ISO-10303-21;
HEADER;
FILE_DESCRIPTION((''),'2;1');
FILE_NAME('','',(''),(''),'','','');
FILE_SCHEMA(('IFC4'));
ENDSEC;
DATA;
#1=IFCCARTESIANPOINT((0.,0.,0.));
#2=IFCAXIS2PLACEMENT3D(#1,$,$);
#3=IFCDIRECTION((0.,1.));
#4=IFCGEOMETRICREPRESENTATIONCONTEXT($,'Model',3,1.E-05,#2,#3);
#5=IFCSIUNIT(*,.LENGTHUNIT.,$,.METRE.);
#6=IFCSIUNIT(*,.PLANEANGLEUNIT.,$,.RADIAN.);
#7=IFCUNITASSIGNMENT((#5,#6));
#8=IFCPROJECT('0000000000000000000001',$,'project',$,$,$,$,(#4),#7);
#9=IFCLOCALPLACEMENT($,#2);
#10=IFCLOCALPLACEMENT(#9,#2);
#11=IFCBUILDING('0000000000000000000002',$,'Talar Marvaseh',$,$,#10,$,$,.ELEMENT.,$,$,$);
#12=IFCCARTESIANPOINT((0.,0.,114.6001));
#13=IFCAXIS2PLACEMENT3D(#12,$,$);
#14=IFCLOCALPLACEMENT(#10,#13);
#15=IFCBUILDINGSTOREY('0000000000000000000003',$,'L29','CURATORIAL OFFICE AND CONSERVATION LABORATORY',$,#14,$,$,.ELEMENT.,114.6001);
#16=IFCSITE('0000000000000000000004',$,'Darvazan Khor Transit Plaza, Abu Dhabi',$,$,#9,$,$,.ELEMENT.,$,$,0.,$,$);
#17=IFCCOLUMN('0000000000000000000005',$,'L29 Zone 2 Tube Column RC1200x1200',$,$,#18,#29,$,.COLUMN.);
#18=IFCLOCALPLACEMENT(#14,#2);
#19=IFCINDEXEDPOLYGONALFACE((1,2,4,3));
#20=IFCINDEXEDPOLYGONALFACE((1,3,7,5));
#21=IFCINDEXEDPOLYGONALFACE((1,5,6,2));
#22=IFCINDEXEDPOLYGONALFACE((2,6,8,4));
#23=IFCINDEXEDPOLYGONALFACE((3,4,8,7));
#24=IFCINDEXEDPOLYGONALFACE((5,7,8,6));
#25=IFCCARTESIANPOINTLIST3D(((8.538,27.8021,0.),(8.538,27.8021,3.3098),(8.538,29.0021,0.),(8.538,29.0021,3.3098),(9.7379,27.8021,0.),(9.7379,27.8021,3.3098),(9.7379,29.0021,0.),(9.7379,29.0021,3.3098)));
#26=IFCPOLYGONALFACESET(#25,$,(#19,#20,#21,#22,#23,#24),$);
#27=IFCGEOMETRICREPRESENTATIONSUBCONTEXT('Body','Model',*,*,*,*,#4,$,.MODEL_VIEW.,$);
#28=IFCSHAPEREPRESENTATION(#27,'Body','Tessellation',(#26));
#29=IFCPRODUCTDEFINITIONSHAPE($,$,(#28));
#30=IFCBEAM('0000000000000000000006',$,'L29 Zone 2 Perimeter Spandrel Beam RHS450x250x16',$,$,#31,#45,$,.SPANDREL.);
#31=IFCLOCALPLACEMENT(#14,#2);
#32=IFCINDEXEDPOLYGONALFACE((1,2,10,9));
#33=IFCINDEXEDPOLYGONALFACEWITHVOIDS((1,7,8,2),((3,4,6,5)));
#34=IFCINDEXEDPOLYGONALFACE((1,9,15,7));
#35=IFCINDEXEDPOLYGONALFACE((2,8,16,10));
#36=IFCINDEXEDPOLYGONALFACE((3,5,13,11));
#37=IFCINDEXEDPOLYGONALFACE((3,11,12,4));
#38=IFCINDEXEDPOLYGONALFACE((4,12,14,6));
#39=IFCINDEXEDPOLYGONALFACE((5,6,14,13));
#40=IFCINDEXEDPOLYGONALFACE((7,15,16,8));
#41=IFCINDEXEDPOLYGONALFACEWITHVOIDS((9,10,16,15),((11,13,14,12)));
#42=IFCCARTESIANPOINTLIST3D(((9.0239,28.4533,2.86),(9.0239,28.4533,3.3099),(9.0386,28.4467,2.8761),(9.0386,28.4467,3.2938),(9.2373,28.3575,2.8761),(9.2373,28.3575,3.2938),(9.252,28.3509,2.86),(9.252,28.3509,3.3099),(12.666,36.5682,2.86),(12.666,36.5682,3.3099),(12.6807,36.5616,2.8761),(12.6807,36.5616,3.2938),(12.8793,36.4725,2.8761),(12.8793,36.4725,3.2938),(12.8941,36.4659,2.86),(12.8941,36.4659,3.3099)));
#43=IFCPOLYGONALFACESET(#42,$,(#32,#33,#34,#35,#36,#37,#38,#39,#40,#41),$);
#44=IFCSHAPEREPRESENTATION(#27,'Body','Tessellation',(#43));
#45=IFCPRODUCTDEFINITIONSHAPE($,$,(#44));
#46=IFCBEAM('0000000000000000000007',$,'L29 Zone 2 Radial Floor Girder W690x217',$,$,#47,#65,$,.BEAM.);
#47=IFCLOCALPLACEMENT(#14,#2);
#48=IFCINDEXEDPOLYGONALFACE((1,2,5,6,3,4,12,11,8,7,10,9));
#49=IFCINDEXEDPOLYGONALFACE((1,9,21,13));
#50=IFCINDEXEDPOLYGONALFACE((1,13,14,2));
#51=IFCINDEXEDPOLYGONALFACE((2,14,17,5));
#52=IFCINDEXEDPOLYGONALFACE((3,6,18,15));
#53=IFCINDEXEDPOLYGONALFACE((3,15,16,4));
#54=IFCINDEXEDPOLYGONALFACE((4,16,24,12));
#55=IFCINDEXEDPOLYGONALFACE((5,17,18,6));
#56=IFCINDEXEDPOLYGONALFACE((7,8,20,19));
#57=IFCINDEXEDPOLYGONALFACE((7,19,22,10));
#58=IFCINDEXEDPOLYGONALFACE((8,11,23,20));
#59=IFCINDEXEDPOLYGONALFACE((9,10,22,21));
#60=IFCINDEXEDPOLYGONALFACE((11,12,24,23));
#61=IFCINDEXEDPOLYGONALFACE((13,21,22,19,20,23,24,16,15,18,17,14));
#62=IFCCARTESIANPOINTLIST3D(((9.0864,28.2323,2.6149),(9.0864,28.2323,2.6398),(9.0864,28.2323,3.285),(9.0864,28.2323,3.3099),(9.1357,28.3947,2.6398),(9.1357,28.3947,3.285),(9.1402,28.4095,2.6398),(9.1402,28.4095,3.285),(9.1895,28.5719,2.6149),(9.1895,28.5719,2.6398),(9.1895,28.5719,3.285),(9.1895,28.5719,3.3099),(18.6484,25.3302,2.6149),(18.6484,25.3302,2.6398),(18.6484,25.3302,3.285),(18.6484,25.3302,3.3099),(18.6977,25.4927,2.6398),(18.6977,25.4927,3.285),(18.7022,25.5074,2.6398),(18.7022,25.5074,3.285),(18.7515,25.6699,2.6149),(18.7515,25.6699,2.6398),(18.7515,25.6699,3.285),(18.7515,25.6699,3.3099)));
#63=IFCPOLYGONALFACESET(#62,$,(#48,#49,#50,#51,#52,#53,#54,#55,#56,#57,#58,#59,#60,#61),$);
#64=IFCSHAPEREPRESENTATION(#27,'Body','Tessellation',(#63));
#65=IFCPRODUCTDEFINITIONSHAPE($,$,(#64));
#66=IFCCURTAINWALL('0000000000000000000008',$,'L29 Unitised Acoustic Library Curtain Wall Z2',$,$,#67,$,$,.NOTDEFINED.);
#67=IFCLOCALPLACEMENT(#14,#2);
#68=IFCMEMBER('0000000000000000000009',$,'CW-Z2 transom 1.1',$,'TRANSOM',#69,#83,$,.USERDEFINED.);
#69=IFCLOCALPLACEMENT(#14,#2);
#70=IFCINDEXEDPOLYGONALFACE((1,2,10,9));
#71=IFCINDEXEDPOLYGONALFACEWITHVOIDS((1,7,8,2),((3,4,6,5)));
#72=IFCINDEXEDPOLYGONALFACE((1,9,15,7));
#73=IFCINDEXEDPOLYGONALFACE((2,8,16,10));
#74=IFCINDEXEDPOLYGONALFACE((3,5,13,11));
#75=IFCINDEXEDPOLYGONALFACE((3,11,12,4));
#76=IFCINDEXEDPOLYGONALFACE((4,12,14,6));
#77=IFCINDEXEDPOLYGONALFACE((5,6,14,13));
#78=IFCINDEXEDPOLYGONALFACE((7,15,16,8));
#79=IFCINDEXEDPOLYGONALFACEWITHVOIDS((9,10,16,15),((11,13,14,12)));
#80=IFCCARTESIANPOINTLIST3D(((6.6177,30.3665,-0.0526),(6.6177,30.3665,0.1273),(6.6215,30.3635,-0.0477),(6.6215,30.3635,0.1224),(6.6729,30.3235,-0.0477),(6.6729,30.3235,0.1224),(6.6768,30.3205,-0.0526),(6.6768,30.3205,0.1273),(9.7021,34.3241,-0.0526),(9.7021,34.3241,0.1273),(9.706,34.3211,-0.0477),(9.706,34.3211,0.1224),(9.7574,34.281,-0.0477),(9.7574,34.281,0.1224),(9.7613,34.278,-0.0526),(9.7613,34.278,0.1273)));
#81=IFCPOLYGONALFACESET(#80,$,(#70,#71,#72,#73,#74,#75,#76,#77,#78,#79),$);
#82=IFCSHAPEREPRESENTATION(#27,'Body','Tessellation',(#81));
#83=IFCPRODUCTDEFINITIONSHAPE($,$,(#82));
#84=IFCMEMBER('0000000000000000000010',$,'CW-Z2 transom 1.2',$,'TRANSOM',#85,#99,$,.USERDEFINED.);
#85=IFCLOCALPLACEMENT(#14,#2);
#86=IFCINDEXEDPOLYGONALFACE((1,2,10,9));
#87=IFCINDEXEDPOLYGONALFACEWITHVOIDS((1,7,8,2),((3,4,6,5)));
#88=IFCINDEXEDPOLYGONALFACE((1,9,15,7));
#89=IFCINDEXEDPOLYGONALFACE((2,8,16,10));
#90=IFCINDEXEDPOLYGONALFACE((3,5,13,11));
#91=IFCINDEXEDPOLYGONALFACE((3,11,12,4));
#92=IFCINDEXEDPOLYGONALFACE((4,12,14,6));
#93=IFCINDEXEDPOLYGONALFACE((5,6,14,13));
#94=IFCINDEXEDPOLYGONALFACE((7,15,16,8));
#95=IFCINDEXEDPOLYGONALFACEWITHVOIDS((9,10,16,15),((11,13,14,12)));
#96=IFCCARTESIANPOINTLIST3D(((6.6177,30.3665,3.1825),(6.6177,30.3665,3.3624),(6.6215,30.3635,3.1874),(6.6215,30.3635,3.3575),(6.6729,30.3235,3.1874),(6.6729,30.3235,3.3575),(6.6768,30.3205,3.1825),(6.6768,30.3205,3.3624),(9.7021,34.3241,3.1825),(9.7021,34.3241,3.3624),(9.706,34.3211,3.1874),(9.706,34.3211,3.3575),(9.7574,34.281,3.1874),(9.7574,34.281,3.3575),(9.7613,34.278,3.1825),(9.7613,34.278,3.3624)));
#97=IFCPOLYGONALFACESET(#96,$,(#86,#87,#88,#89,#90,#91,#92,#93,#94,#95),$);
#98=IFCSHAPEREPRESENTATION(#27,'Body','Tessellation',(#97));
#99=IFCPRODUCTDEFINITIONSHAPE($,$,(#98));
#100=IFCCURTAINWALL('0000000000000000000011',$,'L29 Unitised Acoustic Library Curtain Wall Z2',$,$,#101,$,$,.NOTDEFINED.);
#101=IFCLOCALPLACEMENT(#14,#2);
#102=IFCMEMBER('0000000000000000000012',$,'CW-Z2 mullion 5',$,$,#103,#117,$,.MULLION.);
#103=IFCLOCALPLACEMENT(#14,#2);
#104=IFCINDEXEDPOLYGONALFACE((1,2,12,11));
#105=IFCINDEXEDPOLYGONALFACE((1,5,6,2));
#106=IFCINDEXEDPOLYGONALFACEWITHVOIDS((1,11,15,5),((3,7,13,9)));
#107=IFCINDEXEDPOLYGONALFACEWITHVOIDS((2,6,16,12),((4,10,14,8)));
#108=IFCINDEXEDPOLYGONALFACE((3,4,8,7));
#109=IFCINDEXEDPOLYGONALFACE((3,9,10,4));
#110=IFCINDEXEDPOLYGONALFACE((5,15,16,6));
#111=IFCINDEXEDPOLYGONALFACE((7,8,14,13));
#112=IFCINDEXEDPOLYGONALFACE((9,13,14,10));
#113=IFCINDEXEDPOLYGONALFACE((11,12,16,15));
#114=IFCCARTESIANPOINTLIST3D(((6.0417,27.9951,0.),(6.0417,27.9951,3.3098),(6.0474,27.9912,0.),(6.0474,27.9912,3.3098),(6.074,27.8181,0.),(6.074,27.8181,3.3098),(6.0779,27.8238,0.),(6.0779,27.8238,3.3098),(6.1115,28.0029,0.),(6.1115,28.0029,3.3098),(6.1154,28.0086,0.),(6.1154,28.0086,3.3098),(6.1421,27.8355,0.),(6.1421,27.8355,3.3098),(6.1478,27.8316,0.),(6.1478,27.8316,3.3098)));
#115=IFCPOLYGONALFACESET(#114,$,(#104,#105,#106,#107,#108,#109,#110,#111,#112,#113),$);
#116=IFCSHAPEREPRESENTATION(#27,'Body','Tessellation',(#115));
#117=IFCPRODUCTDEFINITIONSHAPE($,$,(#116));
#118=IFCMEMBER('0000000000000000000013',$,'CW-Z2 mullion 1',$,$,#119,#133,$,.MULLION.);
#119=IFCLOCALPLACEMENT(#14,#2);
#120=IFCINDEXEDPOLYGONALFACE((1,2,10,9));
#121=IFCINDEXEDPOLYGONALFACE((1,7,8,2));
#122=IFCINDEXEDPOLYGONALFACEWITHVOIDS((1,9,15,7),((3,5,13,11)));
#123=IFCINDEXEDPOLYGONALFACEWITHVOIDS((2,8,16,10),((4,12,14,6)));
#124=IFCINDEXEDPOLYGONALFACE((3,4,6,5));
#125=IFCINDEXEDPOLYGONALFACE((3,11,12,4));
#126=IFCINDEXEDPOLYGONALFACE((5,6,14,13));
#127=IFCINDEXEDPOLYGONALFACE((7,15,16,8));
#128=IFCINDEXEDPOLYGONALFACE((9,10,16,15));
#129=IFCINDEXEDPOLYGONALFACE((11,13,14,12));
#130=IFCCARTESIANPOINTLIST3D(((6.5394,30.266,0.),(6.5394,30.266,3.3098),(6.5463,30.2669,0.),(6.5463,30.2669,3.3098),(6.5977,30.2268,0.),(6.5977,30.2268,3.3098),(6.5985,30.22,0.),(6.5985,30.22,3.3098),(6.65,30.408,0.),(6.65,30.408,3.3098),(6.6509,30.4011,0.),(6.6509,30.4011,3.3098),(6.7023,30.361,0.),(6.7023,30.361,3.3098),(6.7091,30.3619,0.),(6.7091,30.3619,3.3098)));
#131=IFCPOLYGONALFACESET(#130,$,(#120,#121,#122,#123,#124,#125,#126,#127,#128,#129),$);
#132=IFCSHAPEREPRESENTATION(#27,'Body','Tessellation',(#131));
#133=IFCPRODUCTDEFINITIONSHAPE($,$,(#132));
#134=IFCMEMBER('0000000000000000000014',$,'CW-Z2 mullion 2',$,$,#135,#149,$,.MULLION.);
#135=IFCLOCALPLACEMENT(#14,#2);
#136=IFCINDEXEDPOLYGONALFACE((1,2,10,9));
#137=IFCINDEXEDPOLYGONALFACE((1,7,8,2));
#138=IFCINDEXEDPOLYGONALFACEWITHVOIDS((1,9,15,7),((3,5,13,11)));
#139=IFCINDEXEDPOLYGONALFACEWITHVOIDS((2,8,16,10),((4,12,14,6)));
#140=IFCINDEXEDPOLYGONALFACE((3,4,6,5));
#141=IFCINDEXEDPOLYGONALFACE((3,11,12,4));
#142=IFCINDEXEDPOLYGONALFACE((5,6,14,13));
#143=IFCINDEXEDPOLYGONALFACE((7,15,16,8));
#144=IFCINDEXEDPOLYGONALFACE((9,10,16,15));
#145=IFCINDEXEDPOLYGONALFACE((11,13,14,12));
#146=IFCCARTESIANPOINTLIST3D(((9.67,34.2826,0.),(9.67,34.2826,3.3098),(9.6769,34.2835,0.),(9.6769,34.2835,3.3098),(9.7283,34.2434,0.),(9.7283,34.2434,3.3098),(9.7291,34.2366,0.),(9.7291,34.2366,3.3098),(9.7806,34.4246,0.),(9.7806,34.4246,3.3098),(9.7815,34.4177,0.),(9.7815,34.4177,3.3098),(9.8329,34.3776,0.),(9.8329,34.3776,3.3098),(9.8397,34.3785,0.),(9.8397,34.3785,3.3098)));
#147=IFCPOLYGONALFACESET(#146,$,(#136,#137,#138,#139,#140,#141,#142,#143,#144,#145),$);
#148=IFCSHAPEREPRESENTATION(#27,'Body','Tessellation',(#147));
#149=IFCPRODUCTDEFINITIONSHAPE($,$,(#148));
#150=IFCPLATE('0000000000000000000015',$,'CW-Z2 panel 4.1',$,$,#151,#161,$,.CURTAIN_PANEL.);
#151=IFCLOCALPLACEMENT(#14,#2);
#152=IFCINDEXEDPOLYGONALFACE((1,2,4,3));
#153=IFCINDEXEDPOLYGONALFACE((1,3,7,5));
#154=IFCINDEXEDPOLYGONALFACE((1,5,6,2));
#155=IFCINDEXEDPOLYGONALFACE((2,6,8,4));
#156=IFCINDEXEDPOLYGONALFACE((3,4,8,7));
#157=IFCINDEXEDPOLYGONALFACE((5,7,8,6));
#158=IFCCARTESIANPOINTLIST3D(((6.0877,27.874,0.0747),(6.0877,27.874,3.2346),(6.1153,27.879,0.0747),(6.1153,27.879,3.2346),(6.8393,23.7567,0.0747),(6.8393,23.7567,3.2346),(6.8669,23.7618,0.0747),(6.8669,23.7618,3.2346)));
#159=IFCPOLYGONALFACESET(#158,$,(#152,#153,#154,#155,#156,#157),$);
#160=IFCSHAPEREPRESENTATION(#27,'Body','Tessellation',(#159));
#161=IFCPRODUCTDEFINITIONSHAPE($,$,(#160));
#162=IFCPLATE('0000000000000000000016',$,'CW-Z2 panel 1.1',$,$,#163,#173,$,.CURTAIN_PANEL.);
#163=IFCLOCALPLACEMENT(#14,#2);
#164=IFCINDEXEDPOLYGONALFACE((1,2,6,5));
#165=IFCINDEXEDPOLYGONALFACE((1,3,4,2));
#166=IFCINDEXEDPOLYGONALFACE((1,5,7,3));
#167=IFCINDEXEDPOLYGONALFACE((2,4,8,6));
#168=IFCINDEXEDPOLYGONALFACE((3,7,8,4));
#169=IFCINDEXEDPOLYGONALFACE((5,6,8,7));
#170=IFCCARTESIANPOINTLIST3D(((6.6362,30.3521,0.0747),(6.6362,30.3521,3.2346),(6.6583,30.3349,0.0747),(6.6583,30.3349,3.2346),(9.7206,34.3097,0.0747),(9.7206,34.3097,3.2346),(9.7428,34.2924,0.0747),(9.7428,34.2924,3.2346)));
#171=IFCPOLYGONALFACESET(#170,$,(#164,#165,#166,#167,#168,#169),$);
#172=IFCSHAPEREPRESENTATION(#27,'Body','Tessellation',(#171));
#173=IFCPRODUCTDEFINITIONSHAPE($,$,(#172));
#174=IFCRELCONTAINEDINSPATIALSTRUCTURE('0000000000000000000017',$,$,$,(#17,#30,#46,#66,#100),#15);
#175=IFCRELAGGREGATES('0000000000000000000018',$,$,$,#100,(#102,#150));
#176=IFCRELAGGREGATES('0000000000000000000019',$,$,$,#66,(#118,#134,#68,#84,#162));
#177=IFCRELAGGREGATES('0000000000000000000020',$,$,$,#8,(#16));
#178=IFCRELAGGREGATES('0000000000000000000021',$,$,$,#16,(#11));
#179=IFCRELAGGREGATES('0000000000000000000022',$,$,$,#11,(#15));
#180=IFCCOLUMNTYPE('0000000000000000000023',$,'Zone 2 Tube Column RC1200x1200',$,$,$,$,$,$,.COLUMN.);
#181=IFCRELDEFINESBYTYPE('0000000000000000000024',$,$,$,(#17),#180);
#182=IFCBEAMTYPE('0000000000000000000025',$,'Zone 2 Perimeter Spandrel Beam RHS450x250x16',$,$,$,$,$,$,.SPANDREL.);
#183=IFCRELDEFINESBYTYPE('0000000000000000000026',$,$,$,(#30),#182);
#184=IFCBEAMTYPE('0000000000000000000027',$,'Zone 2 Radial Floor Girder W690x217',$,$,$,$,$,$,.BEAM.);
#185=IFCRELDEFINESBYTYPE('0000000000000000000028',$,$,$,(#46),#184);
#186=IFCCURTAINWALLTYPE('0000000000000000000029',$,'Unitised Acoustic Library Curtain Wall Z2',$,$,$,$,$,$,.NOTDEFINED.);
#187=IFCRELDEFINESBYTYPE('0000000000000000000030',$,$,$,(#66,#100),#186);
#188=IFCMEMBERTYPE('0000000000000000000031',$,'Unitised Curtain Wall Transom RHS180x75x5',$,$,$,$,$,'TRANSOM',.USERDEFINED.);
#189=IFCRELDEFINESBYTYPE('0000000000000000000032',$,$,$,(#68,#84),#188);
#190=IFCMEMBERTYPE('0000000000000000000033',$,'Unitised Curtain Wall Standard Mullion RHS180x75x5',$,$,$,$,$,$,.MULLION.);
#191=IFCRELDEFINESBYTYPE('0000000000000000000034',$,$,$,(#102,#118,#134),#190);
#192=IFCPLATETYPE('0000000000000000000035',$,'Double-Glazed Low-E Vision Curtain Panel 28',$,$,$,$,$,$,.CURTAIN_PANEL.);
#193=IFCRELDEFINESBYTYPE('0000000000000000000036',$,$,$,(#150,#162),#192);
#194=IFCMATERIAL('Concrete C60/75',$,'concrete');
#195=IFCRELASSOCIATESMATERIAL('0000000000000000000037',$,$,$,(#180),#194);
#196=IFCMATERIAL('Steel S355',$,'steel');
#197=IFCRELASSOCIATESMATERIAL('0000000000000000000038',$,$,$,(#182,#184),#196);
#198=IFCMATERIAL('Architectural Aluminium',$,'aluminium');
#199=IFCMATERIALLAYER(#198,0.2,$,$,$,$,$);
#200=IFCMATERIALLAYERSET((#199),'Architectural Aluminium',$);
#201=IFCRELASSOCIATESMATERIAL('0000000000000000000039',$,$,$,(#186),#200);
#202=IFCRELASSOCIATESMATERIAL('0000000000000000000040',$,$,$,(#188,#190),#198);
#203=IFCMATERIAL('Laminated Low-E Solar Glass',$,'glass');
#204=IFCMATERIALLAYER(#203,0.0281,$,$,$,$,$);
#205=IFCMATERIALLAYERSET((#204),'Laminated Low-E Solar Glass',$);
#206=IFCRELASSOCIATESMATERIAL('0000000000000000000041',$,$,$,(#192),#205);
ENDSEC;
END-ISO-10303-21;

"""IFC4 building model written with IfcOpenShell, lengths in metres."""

from ifc_helpers import new_model, si_unit, direction, frame, origin, origin_2d, place, context, subcontext, project, spatial, rectangle, hollow_rectangle, i_section, extrude, source, transform, mapped, material, layer, layer_set, material_profile, profile_set, type_object, type_shapes, element, aggregate, save


model = new_model("IFC4")

# Units and contexts
model_context = context("Model", 3, precision=1e-05, world=origin(), true_north=direction((0.0, 1.0)))
body_context = subcontext(model_context, "Body", "Model", "MODEL_VIEW")
ifc_project = project(units=[si_unit("LENGTHUNIT", "METRE"), si_unit("PLANEANGLEUNIT", "RADIAN")], contexts=[model_context])

# Site, building, storey
site_placement = place(None, origin())
site = spatial("IfcSite", under=ifc_project, at=site_placement, Name="Darvazan Khor Transit Plaza, Abu Dhabi", CompositionType="ELEMENT", RefElevation=0.0)
building_placement = place(site_placement, origin())
building = spatial("IfcBuilding", under=site, at=building_placement, Name="Talar Marvaseh", CompositionType="ELEMENT")
storey_placement = place(building_placement, frame((0.0, 0.0, 114.6001)))
storey = spatial("IfcBuildingStorey", under=building, at=storey_placement, Name="L29", Description="CURATORIAL OFFICE AND CONSERVATION LABORATORY", CompositionType="ELEMENT", Elevation=114.6001)

# Column
ifc_material_1 = material(Name="Concrete C60/75", Category="concrete")
ifc_material_profile_1 = material_profile(ifc_material_1, rectangle(XDim=1.2, YDim=1.2, at=origin_2d()), Name="RC1200x1200")
ifc_profile_set_1 = profile_set([ifc_material_profile_1], Name="Concrete C60/75")
column_type = type_object("IfcColumnType", Name="Zone 2 Tube Column RC1200x1200", PredefinedType="COLUMN", material=ifc_profile_set_1)
column_placement = place(storey_placement, frame((9.1379, 28.4021, 0.0), z_axis=(0.0, 0.0, 1.0), x_axis=(1.0, 0.0, 0.0)))
element("IfcColumn", 1, at=column_placement, inside=storey, type_object=column_type, Name="L29 Zone 2 Tube Column RC1200x1200", PredefinedType="COLUMN", context=body_context, shape_type="SweptSolid", body=[
    extrude(rectangle(XDim=1.2, YDim=1.2, at=origin_2d()), origin(), (0.0, 0.0, 1.0), 3.3098),
])

# Beams
ifc_material_2 = material(Name="Steel S355", Category="steel")
ifc_material_profile_2 = material_profile(ifc_material_2, hollow_rectangle(XDim=0.25, YDim=0.45, WallThickness=0.0161, at=origin_2d()), Name="RHS450x250x16")
ifc_profile_set_2 = profile_set([ifc_material_profile_2], Name="Steel S355")
beam_type_1 = type_object("IfcBeamType", Name="Zone 2 Perimeter Spandrel Beam RHS450x250x16", PredefinedType="SPANDREL", material=ifc_profile_set_2)
beam_1_placement = place(storey_placement, frame((9.1379, 28.4021, 3.085), z_axis=(0.409462, 0.912327, 0.0), x_axis=(-0.912327, 0.409462, 0.0)))
element("IfcBeam", 2, at=beam_1_placement, inside=storey, type_object=beam_type_1, Name="L29 Zone 2 Perimeter Spandrel Beam RHS450x250x16", PredefinedType="SPANDREL", context=body_context, shape_type="SweptSolid", body=[
    extrude(hollow_rectangle(XDim=0.25, YDim=0.45, WallThickness=0.0161, at=origin_2d()), origin(), (0.0, 0.0, 1.0), 8.8948),
])
ifc_material_profile_3 = material_profile(ifc_material_2, i_section(OverallWidth=0.355, OverallDepth=0.6951, WebThickness=0.0154, FlangeThickness=0.0249, at=origin_2d()), Name="W690x217")
ifc_profile_set_3 = profile_set([ifc_material_profile_3], Name="Steel S355")
beam_type_2 = type_object("IfcBeamType", Name="Zone 2 Radial Floor Girder W690x217", PredefinedType="BEAM", material=ifc_profile_set_3)
beam_2_placement = place(storey_placement, frame((9.1379, 28.4021, 2.9624), z_axis=(0.956899, -0.290422, 0.0), x_axis=(0.290422, 0.956899, 0.0)))
element("IfcBeam", 3, at=beam_2_placement, inside=storey, type_object=beam_type_2, Name="L29 Zone 2 Radial Floor Girder W690x217", PredefinedType="BEAM", context=body_context, shape_type="SweptSolid", body=[
    extrude(i_section(OverallWidth=0.355, OverallDepth=0.6951, WebThickness=0.0154, FlangeThickness=0.0249, at=origin_2d()), origin(), (0.0, 0.0, 1.0), 9.9927),
])

# Curtain wall, members
ifc_material_3 = material(Name="Architectural Aluminium", Category="aluminium")
ifc_layer_1 = layer(ifc_material_3, 0.2)
ifc_layer_set_1 = layer_set([ifc_layer_1], Name="Architectural Aluminium")
curtain_wall_type = type_object("IfcCurtainWallType", Name="Unitised Acoustic Library Curtain Wall Z2", PredefinedType="NOTDEFINED", material=ifc_layer_set_1)
curtain_wall_1_placement = place(storey_placement, origin())
curtain_wall_1 = element("IfcCurtainWall", 4, at=curtain_wall_1_placement, inside=storey, type_object=curtain_wall_type, Name="L29 Unitised Acoustic Library Curtain Wall Z2", PredefinedType="NOTDEFINED")
ifc_material_profile_4 = material_profile(ifc_material_3, hollow_rectangle(XDim=0.075, YDim=0.1799, WallThickness=0.0049, at=origin_2d()), Name="RHS180x75x5")
ifc_profile_set_4 = profile_set([ifc_material_profile_4], Name="Architectural Aluminium")
member_type_1 = type_object("IfcMemberType", Name="Unitised Curtain Wall Transom RHS180x75x5", ElementType="TRANSOM", PredefinedType="USERDEFINED", material=ifc_profile_set_4)
shared_shape_1 = source(origin(), body_context, "Body", "SweptSolid", [
    extrude(hollow_rectangle(XDim=0.075, YDim=0.1799, WallThickness=0.0049, at=origin_2d()), origin(), (0.0, 0.0, 1.0), 5.0176),
])
type_shapes(member_type_1, [shared_shape_1])
member_1_placement = place(storey_placement, frame((6.6472, 30.3435, 0.0374), z_axis=(0.614735, 0.788733, 0.0), x_axis=(-0.788733, 0.614735, 0.0)))
member_1 = element("IfcMember", 5, at=member_1_placement, type_object=member_type_1, Name="CW-Z2 transom 1.1", ObjectType="TRANSOM", PredefinedType="USERDEFINED", context=body_context, shape_type="MappedRepresentation", body=[
    mapped(shared_shape_1, transform((0.0, 0.0, 0.0), x_axis=(1.0, 0.0, 0.0), y_axis=(0.0, 1.0, 0.0), z_axis=(0.0, 0.0, 1.0), scale=1.0)),
])
member_2_placement = place(storey_placement, frame((6.6472, 30.3435, 3.2725), z_axis=(0.614735, 0.788733, 0.0), x_axis=(-0.788733, 0.614735, 0.0)))
member_2 = element("IfcMember", 6, at=member_2_placement, type_object=member_type_1, Name="CW-Z2 transom 1.2", ObjectType="TRANSOM", PredefinedType="USERDEFINED", context=body_context, shape_type="MappedRepresentation", body=[
    mapped(shared_shape_1, transform((0.0, 0.0, 0.0), x_axis=(1.0, 0.0, 0.0), y_axis=(0.0, 1.0, 0.0), z_axis=(0.0, 0.0, 1.0), scale=1.0)),
])

# Curtain wall, member
curtain_wall_2_placement = place(storey_placement, origin())
curtain_wall_2 = element("IfcCurtainWall", 7, at=curtain_wall_2_placement, inside=storey, type_object=curtain_wall_type, Name="L29 Unitised Acoustic Library Curtain Wall Z2", PredefinedType="NOTDEFINED")
ifc_material_profile_5 = material_profile(ifc_material_3, hollow_rectangle(XDim=0.075, YDim=0.1799, WallThickness=0.0049, at=origin_2d()), Name="RHS180x75x5")
ifc_profile_set_5 = profile_set([ifc_material_profile_5], Name="Architectural Aluminium")
member_type_2 = type_object("IfcMemberType", Name="Unitised Curtain Wall Standard Mullion RHS180x75x5", PredefinedType="MULLION", material=ifc_profile_set_5)
shared_shape_2 = source(origin(), body_context, "Body", "SweptSolid", [
    extrude(hollow_rectangle(XDim=0.075, YDim=0.1799, WallThickness=0.0049, at=origin_2d()), origin(), (0.0, 0.0, 1.0), 3.3098),
])
type_shapes(member_type_2, [shared_shape_2])
member_3_placement = place(storey_placement, frame((6.0947, 27.9133, 0.0), z_axis=(0.0, 0.0, 1.0), x_axis=(-0.983741, -0.179594, 0.0)))
member_3 = element("IfcMember", 8, at=member_3_placement, type_object=member_type_2, Name="CW-Z2 mullion 5", PredefinedType="MULLION", context=body_context, shape_type="MappedRepresentation", body=[
    mapped(shared_shape_2, transform((0.0, 0.0, 0.0), x_axis=(1.0, 0.0, 0.0), y_axis=(0.0, 1.0, 0.0), z_axis=(0.0, 0.0, 1.0), scale=1.0)),
])

# Members
member_4_placement = place(storey_placement, frame((6.6243, 30.314, 0.0), z_axis=(0.0, 0.0, 1.0), x_axis=(-0.788737, 0.61473, 0.0)))
member_4 = element("IfcMember", 9, at=member_4_placement, type_object=member_type_2, Name="CW-Z2 mullion 1", PredefinedType="MULLION", context=body_context, shape_type="MappedRepresentation", body=[
    mapped(shared_shape_2, transform((0.0, 0.0, 0.0), x_axis=(1.0, 0.0, 0.0), y_axis=(0.0, 1.0, 0.0), z_axis=(0.0, 0.0, 1.0), scale=1.0)),
])
member_5_placement = place(storey_placement, frame((9.7549, 34.3306, 0.0), z_axis=(0.0, 0.0, 1.0), x_axis=(-0.788737, 0.61473, 0.0)))
member_5 = element("IfcMember", 10, at=member_5_placement, type_object=member_type_2, Name="CW-Z2 mullion 2", PredefinedType="MULLION", context=body_context, shape_type="MappedRepresentation", body=[
    mapped(shared_shape_2, transform((0.0, 0.0, 0.0), x_axis=(1.0, 0.0, 0.0), y_axis=(0.0, 1.0, 0.0), z_axis=(0.0, 0.0, 1.0), scale=1.0)),
])

# Plates
ifc_material_4 = material(Name="Laminated Low-E Solar Glass", Category="glass")
ifc_layer_2 = layer(ifc_material_4, 0.0281)
ifc_layer_set_2 = layer_set([ifc_layer_2], Name="Laminated Low-E Solar Glass")
plate_type = type_object("IfcPlateType", Name="Double-Glazed Low-E Vision Curtain Panel 28", PredefinedType="CURTAIN_PANEL", material=ifc_layer_set_2)
shared_shape_3 = source(origin(), body_context, "Body", "SweptSolid", [
    extrude(rectangle(XDim=4.1853, YDim=0.0281, at=origin_2d()), origin(), (0.0, 0.0, 1.0), 3.1599),
])
plate_1_placement = place(storey_placement, frame((6.4773, 25.8179, 0.0747), z_axis=(0.0, 0.0, 1.0), x_axis=(-0.179594, 0.983741, 0.0)))
plate_1 = element("IfcPlate", 11, at=plate_1_placement, type_object=plate_type, Name="CW-Z2 panel 4.1", PredefinedType="CURTAIN_PANEL", context=body_context, shape_type="MappedRepresentation", body=[
    mapped(shared_shape_3, transform((0.0, 0.0, 0.0), x_axis=(1.0, 0.0, 0.0), y_axis=(0.0, 1.0, 0.0), z_axis=(0.0, 0.0, 1.0), scale=1.0)),
])
aggregate(curtain_wall_2, [member_3, plate_1])
shared_shape_4 = source(origin(), body_context, "Body", "SweptSolid", [
    extrude(rectangle(XDim=5.0176, YDim=0.0281, at=origin_2d()), origin(), (0.0, 0.0, 1.0), 3.1599),
])
type_shapes(plate_type, [shared_shape_3, shared_shape_4])
plate_2_placement = place(storey_placement, frame((8.1895, 32.3223, 0.0747), z_axis=(0.0, 0.0, 1.0), x_axis=(0.61473, 0.788737, 0.0)))
plate_2 = element("IfcPlate", 12, at=plate_2_placement, type_object=plate_type, Name="CW-Z2 panel 1.1", PredefinedType="CURTAIN_PANEL", context=body_context, shape_type="MappedRepresentation", body=[
    mapped(shared_shape_4, transform((0.0, 0.0, 0.0), x_axis=(1.0, 0.0, 0.0), y_axis=(0.0, 1.0, 0.0), z_axis=(0.0, 0.0, 1.0), scale=1.0)),
])
aggregate(curtain_wall_1, [member_4, member_5, member_1, member_2, plate_2])

save(model, "model.ifc")
